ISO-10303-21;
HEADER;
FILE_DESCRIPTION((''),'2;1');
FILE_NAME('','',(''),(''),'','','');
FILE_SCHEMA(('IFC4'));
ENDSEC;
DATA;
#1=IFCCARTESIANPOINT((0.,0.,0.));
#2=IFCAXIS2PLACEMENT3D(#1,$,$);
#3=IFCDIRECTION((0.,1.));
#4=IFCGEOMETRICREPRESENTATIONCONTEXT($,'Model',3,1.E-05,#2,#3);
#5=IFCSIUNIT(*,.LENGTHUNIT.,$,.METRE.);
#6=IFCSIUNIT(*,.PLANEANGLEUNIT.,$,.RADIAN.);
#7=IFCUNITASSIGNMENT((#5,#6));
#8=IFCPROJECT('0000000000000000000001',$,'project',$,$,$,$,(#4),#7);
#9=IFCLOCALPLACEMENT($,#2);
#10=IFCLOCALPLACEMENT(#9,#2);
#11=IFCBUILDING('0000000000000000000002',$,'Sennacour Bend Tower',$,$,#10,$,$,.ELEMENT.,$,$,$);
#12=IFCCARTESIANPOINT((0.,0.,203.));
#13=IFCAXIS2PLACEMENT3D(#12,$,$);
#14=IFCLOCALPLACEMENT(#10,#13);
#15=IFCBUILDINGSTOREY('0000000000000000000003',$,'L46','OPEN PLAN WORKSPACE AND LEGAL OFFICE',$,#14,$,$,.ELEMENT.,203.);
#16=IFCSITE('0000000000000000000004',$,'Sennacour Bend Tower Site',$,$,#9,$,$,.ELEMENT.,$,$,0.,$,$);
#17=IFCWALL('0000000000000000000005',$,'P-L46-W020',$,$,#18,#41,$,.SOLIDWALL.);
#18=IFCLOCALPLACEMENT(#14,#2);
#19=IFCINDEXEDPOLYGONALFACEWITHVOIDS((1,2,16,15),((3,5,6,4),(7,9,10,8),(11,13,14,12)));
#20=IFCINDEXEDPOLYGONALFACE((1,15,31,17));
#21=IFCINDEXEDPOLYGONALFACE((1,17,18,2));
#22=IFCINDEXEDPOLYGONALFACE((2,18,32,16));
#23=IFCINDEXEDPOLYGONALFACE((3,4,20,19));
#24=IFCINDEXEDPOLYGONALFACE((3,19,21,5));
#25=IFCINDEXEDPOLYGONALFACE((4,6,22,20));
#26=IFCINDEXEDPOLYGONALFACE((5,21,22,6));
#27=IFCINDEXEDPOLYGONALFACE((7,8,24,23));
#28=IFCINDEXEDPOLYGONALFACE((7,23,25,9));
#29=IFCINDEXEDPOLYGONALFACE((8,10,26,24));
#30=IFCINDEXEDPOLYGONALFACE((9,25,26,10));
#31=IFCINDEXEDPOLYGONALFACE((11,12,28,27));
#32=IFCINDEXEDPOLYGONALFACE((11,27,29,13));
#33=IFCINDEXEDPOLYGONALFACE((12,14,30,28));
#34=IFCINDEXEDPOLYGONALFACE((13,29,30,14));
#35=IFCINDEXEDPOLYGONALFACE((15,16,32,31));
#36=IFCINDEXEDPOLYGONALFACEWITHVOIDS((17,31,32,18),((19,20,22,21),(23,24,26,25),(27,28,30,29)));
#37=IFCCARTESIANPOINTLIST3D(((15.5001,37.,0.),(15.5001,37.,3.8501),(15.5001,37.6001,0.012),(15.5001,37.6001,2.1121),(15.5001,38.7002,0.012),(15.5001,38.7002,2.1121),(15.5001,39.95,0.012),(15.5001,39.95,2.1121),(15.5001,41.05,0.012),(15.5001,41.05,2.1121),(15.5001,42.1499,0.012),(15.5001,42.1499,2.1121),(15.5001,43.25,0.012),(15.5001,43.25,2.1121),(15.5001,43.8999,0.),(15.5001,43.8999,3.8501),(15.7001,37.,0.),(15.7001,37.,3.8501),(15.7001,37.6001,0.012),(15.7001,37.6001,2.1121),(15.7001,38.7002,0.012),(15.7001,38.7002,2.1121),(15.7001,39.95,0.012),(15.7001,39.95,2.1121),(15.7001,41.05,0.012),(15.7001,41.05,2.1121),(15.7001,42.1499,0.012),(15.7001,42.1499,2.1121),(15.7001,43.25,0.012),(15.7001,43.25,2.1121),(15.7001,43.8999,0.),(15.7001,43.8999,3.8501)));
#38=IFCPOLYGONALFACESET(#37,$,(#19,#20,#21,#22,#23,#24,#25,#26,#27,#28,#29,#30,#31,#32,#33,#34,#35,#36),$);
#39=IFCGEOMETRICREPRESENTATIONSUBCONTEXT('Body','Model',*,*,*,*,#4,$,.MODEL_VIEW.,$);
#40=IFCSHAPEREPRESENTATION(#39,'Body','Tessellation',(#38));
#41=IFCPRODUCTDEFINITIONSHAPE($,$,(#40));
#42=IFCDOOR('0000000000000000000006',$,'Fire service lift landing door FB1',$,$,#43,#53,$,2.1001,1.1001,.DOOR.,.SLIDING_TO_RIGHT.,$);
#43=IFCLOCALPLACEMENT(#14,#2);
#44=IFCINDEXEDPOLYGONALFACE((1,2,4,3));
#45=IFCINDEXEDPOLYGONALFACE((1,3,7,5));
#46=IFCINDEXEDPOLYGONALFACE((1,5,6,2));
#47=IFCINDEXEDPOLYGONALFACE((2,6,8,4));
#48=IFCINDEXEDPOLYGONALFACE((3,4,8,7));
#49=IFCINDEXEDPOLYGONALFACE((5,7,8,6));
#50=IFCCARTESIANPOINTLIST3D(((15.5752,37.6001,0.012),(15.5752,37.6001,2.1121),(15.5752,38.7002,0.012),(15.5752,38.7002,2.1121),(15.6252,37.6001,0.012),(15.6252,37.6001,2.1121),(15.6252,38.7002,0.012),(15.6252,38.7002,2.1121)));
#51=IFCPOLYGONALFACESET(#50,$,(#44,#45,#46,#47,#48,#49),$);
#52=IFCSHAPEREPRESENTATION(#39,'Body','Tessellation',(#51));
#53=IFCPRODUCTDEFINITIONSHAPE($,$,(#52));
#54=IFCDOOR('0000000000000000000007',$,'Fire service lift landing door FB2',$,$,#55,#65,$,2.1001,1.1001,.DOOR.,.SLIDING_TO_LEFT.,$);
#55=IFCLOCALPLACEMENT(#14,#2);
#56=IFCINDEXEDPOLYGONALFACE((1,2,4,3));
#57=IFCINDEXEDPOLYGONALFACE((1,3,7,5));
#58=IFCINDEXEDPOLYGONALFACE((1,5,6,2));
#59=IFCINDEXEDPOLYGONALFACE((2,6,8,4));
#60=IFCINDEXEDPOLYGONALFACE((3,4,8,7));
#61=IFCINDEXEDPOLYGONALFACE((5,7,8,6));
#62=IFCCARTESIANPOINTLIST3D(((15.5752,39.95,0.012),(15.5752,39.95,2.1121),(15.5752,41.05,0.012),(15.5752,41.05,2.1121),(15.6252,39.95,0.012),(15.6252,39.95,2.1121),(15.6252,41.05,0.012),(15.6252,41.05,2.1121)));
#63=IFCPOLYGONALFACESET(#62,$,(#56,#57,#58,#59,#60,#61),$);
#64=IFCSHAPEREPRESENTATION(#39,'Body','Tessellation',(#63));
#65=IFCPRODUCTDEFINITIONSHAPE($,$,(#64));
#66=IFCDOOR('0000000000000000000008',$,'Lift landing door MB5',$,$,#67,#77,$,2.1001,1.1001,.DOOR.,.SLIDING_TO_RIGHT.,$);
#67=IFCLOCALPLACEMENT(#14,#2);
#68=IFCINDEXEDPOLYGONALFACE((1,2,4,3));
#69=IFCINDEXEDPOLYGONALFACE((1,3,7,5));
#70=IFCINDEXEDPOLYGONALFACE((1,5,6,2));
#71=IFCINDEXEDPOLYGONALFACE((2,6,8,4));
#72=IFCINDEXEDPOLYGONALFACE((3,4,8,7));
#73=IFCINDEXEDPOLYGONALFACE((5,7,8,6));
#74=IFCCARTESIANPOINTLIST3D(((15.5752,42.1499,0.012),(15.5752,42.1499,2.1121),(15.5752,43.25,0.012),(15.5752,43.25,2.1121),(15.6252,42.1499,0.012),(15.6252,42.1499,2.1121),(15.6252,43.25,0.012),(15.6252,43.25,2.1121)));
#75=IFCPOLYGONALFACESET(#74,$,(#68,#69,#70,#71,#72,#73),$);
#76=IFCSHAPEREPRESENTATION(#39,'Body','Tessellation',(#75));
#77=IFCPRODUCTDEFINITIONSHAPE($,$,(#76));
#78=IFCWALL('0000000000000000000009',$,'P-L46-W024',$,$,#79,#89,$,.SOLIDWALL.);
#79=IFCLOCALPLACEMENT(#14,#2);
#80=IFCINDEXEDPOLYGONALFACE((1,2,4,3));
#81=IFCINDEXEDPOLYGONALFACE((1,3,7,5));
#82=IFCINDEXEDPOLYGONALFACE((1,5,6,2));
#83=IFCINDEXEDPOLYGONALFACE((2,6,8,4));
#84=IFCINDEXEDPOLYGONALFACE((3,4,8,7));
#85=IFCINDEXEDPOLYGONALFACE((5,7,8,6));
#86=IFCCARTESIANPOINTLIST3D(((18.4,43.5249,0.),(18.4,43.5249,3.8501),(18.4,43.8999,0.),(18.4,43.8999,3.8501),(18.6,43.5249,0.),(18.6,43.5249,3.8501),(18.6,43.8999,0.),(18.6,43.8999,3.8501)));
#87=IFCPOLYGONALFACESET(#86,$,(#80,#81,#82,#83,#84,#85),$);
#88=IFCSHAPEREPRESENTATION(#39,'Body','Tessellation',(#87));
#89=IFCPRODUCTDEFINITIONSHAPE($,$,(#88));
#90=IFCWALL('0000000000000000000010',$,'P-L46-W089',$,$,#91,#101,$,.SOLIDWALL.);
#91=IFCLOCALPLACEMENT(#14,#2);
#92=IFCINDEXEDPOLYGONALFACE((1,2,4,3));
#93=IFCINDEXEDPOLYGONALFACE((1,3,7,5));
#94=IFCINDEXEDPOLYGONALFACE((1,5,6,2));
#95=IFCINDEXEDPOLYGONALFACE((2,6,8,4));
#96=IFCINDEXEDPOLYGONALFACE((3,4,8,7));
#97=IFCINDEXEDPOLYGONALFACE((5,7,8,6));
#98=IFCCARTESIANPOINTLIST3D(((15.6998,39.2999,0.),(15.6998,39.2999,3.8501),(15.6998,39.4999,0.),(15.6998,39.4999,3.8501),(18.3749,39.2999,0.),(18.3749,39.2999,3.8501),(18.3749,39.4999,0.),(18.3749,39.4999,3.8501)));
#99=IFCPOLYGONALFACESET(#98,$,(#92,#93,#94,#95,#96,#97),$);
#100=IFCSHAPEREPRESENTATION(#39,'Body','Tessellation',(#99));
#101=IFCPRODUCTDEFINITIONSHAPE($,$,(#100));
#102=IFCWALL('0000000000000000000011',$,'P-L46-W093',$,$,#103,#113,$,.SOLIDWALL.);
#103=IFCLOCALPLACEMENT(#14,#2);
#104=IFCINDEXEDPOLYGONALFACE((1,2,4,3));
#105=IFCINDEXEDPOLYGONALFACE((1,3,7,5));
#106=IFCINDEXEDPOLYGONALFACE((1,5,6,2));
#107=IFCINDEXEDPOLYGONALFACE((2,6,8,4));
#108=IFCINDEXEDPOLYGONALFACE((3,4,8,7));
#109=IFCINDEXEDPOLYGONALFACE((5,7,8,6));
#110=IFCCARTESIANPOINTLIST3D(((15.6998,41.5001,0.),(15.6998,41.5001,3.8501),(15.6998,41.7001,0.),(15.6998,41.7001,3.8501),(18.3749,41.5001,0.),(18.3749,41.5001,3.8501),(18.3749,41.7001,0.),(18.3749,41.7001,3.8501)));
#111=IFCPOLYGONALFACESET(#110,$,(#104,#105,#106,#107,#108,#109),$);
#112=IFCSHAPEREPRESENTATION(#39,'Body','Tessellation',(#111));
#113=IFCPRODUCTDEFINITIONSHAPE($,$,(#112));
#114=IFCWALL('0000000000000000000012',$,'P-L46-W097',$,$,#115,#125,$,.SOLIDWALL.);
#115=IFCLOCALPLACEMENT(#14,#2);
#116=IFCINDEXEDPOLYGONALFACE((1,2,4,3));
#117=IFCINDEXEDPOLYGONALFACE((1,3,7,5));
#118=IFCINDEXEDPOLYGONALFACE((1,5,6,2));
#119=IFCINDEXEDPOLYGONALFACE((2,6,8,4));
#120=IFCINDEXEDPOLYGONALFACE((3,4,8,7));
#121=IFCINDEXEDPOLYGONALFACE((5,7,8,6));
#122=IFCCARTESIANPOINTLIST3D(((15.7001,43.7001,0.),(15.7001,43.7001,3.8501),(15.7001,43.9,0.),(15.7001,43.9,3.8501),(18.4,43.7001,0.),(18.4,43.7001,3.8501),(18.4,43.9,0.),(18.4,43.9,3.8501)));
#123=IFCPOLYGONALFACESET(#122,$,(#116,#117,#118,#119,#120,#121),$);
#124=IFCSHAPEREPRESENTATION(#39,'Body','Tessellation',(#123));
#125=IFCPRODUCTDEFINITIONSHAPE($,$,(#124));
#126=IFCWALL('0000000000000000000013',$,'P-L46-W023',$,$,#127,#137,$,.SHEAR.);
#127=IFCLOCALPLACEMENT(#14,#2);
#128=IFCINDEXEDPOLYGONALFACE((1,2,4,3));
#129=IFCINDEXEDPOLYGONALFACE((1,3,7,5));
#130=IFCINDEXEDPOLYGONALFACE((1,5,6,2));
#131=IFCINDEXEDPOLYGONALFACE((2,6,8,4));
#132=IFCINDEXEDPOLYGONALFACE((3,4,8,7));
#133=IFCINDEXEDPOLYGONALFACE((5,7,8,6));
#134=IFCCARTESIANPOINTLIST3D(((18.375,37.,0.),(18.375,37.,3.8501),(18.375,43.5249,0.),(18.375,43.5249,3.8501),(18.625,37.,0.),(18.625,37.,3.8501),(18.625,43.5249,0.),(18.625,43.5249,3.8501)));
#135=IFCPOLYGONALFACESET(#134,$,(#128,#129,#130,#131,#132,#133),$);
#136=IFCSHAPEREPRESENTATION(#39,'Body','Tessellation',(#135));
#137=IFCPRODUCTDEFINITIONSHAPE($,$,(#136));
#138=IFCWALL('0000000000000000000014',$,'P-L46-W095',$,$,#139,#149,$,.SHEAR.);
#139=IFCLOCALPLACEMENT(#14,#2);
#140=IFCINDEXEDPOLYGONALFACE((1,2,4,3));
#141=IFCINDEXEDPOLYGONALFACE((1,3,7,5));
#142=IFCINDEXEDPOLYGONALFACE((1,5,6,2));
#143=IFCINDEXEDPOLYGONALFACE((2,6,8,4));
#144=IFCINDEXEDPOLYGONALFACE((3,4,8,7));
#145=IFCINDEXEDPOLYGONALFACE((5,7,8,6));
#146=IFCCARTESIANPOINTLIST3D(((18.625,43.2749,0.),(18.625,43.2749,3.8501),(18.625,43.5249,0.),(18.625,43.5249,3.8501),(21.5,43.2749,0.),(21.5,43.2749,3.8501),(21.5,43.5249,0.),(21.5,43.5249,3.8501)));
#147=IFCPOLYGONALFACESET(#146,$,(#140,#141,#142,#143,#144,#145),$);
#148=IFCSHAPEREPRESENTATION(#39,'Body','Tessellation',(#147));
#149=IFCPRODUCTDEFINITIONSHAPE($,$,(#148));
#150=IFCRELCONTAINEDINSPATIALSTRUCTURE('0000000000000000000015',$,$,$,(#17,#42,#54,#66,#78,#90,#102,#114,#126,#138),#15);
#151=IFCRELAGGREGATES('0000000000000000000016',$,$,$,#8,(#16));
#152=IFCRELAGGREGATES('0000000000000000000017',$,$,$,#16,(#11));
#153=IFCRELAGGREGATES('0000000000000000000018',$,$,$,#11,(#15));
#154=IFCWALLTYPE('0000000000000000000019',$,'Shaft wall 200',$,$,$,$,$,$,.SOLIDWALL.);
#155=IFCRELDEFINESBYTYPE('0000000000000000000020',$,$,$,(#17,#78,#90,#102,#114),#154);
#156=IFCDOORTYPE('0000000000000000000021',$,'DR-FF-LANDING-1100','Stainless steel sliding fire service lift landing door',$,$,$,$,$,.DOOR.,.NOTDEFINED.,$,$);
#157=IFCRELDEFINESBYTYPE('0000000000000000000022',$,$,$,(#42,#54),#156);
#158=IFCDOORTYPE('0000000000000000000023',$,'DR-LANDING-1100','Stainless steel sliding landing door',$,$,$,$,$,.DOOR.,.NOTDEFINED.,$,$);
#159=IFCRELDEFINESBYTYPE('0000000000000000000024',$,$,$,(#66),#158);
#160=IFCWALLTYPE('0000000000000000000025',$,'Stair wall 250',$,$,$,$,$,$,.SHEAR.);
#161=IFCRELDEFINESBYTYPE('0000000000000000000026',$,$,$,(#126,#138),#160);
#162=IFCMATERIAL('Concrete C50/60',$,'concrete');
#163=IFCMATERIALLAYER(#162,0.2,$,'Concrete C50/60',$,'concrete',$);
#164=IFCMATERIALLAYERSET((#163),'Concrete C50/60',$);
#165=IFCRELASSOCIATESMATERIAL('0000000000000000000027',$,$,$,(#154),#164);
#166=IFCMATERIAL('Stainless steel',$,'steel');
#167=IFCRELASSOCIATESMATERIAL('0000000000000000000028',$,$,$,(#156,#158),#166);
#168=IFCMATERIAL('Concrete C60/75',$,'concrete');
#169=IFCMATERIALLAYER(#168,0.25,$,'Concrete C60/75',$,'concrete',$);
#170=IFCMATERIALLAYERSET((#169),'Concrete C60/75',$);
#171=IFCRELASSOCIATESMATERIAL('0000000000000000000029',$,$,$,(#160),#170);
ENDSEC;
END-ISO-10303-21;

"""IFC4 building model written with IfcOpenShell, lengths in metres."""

from ifc_helpers import new_model, si_unit, direction, frame, frame_2d, origin, place, context, subcontext, project, spatial, rectangle, extrude, material, layer, layer_set, type_object, element, fill, save


model = new_model("IFC4")

# Units and contexts
model_context = context("Model", 3, precision=1e-05, world=origin(), true_north=direction((0.0, 1.0)))
body_context = subcontext(model_context, "Body", "Model", "MODEL_VIEW")
ifc_project = project(units=[si_unit("LENGTHUNIT", "METRE"), si_unit("PLANEANGLEUNIT", "RADIAN")], contexts=[model_context])

# Site, building, storey
site_placement = place(None, origin())
site = spatial("IfcSite", under=ifc_project, at=site_placement, Name="Sennacour Bend Tower Site", CompositionType="ELEMENT", RefElevation=0.0)
building_placement = place(site_placement, origin())
building = spatial("IfcBuilding", under=site, at=building_placement, Name="Sennacour Bend Tower", CompositionType="ELEMENT")
storey_placement = place(building_placement, frame((0.0, 0.0, 203.0)))
storey = spatial("IfcBuildingStorey", under=building, at=storey_placement, Name="L46", Description="OPEN PLAN WORKSPACE AND LEGAL OFFICE", CompositionType="ELEMENT", Elevation=203.0)

# Shared definitions
ifc_material_1 = material(Name="Concrete C60/75", Category="concrete")

# Wall, openings, doors
ifc_material_2 = material(Name="Concrete C50/60", Category="concrete")
ifc_layer_1 = layer(ifc_material_2, 0.2, Name="Concrete C50/60", Category="concrete")
ifc_layer_set_1 = layer_set([ifc_layer_1], Name="Concrete C50/60")
wall_type_1 = type_object("IfcWallType", Name="Shaft wall 200", PredefinedType="SOLIDWALL", material=ifc_layer_set_1)
wall_1_placement = place(storey_placement, frame((15.6001, 37.0, 0.0), z_axis=(0.0, 0.0, 1.0), x_axis=(0.0, 1.0, 0.0)))
wall_1 = element("IfcWall", 1, at=wall_1_placement, inside=storey, type_object=wall_type_1, Name="P-L46-W020", PredefinedType="SOLIDWALL", context=body_context, shape_type="SweptSolid", body=[
    extrude(rectangle(XDim=6.8999, YDim=0.2, at=frame_2d((3.45, 0.0))), origin(), (0.0, 0.0, 1.0), 3.8501),
])
opening_1_placement = place(wall_1_placement, frame((0.6001, 0.0, 0.012)))
opening_1 = element("IfcOpeningElement", 2, at=opening_1_placement, cuts=wall_1, PredefinedType="OPENING", context=body_context, shape_type="SweptSolid", body=[
    extrude(rectangle(XDim=1.1001, YDim=2.1001, at=frame_2d((0.55, 1.05))), frame((0.0, 0.1099, 0.0), z_axis=(0.0, -1.0, 0.0), x_axis=(1.0, 0.0, 0.0)), (0.0, 0.0, 1.0), 0.22),
])
opening_2_placement = place(wall_1_placement, frame((2.95, 0.0, 0.012)))
opening_2 = element("IfcOpeningElement", 3, at=opening_2_placement, cuts=wall_1, PredefinedType="OPENING", context=body_context, shape_type="SweptSolid", body=[
    extrude(rectangle(XDim=1.1001, YDim=2.1001, at=frame_2d((0.55, 1.05))), frame((0.0, 0.1099, 0.0), z_axis=(0.0, -1.0, 0.0), x_axis=(1.0, 0.0, 0.0)), (0.0, 0.0, 1.0), 0.22),
])
opening_3_placement = place(wall_1_placement, frame((5.1499, 0.0, 0.012)))
opening_3 = element("IfcOpeningElement", 4, at=opening_3_placement, cuts=wall_1, PredefinedType="OPENING", context=body_context, shape_type="SweptSolid", body=[
    extrude(rectangle(XDim=1.1001, YDim=2.1001, at=frame_2d((0.55, 1.05))), frame((0.0, 0.1099, 0.0), z_axis=(0.0, -1.0, 0.0), x_axis=(1.0, 0.0, 0.0)), (0.0, 0.0, 1.0), 0.22),
])
ifc_material_3 = material(Name="Stainless steel", Category="steel")
door_type_1 = type_object("IfcDoorType", Name="DR-FF-LANDING-1100", Description="Stainless steel sliding fire service lift landing door", OperationType="NOTDEFINED", PredefinedType="DOOR", material=ifc_material_3)
door_1_placement = place(opening_1_placement, origin())
door_1 = element("IfcDoor", 5, at=door_1_placement, inside=storey, type_object=door_type_1, Name="Fire service lift landing door FB1", OperationType="SLIDING_TO_RIGHT", OverallHeight=2.1001, OverallWidth=1.1001, PredefinedType="DOOR", context=body_context, shape_type="SweptSolid", body=[
    extrude(rectangle(XDim=1.1001, YDim=2.1001, at=frame_2d((0.55, 1.05))), frame((0.0, 0.0249, 0.0), z_axis=(0.0, -1.0, 0.0), x_axis=(1.0, 0.0, 0.0)), (0.0, 0.0, 1.0), 0.05),
])
fill(opening_1, door_1)
door_2_placement = place(opening_2_placement, origin())
door_2 = element("IfcDoor", 6, at=door_2_placement, inside=storey, type_object=door_type_1, Name="Fire service lift landing door FB2", OperationType="SLIDING_TO_LEFT", OverallHeight=2.1001, OverallWidth=1.1001, PredefinedType="DOOR", context=body_context, shape_type="SweptSolid", body=[
    extrude(rectangle(XDim=1.1001, YDim=2.1001, at=frame_2d((0.55, 1.05))), frame((0.0, 0.0249, 0.0), z_axis=(0.0, -1.0, 0.0), x_axis=(1.0, 0.0, 0.0)), (0.0, 0.0, 1.0), 0.05),
])
fill(opening_2, door_2)
door_type_2 = type_object("IfcDoorType", Name="DR-LANDING-1100", Description="Stainless steel sliding landing door", OperationType="NOTDEFINED", PredefinedType="DOOR", material=ifc_material_3)
door_3_placement = place(opening_3_placement, origin())
door_3 = element("IfcDoor", 7, at=door_3_placement, inside=storey, type_object=door_type_2, Name="Lift landing door MB5", OperationType="SLIDING_TO_RIGHT", OverallHeight=2.1001, OverallWidth=1.1001, PredefinedType="DOOR", context=body_context, shape_type="SweptSolid", body=[
    extrude(rectangle(XDim=1.1001, YDim=2.1001, at=frame_2d((0.55, 1.05))), frame((0.0, 0.0249, 0.0), z_axis=(0.0, -1.0, 0.0), x_axis=(1.0, 0.0, 0.0)), (0.0, 0.0, 1.0), 0.05),
])
fill(opening_3, door_3)

# Walls
wall_2_placement = place(storey_placement, frame((18.5, 43.5249, 0.0), z_axis=(0.0, 0.0, 1.0), x_axis=(0.0, 1.0, 0.0)))
element("IfcWall", 8, at=wall_2_placement, inside=storey, type_object=wall_type_1, Name="P-L46-W024", PredefinedType="SOLIDWALL", context=body_context, shape_type="SweptSolid", body=[
    extrude(rectangle(XDim=0.375, YDim=0.2, at=frame_2d((0.1875, 0.0))), origin(), (0.0, 0.0, 1.0), 3.8501),
])
for number, where, z_axis, x_axis, name in (
    (9, (15.7, 39.3999, 0.0), (0.0, 0.0, 1.0), (1.0, 0.0, 0.0), "P-L46-W089"),
    (10, (15.7, 41.6001, 0.0), (0.0, 0.0, 1.0), (1.0, 0.0, 0.0), "P-L46-W093"),
):
    element("IfcWall", number, at=place(storey_placement, frame(where, z_axis=z_axis, x_axis=x_axis)), inside=storey, type_object=wall_type_1, Name=name, PredefinedType="SOLIDWALL", context=body_context, shape_type="SweptSolid", body=[
        extrude(rectangle(XDim=2.675, YDim=0.2, at=frame_2d((1.3374, 0.0))), origin(), (0.0, 0.0, 1.0), 3.8501),
    ])
wall_3_placement = place(storey_placement, frame((15.7, 43.8, 0.0), z_axis=(0.0, 0.0, 1.0), x_axis=(1.0, 0.0, 0.0)))
element("IfcWall", 11, at=wall_3_placement, inside=storey, type_object=wall_type_1, Name="P-L46-W097", PredefinedType="SOLIDWALL", context=body_context, shape_type="SweptSolid", body=[
    extrude(rectangle(XDim=2.7, YDim=0.2, at=frame_2d((1.3501, 0.0))), origin(), (0.0, 0.0, 1.0), 3.8501),
])
ifc_layer_2 = layer(ifc_material_1, 0.25, Name="Concrete C60/75", Category="concrete")
ifc_layer_set_2 = layer_set([ifc_layer_2], Name="Concrete C60/75")
wall_type_2 = type_object("IfcWallType", Name="Stair wall 250", PredefinedType="SHEAR", material=ifc_layer_set_2)
wall_4_placement = place(storey_placement, frame((18.5, 37.0, 0.0), z_axis=(0.0, 0.0, 1.0), x_axis=(0.0, 1.0, 0.0)))
element("IfcWall", 12, at=wall_4_placement, inside=storey, type_object=wall_type_2, Name="P-L46-W023", PredefinedType="SHEAR", context=body_context, shape_type="SweptSolid", body=[
    extrude(rectangle(XDim=6.5249, YDim=0.25, at=frame_2d((3.2625, 0.0))), origin(), (0.0, 0.0, 1.0), 3.8501),
])
wall_5_placement = place(storey_placement, frame((18.625, 43.3999, 0.0), z_axis=(0.0, 0.0, 1.0), x_axis=(1.0, 0.0, 0.0)))
element("IfcWall", 13, at=wall_5_placement, inside=storey, type_object=wall_type_2, Name="P-L46-W095", PredefinedType="SHEAR", context=body_context, shape_type="SweptSolid", body=[
    extrude(rectangle(XDim=2.875, YDim=0.25, at=frame_2d((1.4375, 0.0))), origin(), (0.0, 0.0, 1.0), 3.8501),
])

save(model, "model.ifc")
